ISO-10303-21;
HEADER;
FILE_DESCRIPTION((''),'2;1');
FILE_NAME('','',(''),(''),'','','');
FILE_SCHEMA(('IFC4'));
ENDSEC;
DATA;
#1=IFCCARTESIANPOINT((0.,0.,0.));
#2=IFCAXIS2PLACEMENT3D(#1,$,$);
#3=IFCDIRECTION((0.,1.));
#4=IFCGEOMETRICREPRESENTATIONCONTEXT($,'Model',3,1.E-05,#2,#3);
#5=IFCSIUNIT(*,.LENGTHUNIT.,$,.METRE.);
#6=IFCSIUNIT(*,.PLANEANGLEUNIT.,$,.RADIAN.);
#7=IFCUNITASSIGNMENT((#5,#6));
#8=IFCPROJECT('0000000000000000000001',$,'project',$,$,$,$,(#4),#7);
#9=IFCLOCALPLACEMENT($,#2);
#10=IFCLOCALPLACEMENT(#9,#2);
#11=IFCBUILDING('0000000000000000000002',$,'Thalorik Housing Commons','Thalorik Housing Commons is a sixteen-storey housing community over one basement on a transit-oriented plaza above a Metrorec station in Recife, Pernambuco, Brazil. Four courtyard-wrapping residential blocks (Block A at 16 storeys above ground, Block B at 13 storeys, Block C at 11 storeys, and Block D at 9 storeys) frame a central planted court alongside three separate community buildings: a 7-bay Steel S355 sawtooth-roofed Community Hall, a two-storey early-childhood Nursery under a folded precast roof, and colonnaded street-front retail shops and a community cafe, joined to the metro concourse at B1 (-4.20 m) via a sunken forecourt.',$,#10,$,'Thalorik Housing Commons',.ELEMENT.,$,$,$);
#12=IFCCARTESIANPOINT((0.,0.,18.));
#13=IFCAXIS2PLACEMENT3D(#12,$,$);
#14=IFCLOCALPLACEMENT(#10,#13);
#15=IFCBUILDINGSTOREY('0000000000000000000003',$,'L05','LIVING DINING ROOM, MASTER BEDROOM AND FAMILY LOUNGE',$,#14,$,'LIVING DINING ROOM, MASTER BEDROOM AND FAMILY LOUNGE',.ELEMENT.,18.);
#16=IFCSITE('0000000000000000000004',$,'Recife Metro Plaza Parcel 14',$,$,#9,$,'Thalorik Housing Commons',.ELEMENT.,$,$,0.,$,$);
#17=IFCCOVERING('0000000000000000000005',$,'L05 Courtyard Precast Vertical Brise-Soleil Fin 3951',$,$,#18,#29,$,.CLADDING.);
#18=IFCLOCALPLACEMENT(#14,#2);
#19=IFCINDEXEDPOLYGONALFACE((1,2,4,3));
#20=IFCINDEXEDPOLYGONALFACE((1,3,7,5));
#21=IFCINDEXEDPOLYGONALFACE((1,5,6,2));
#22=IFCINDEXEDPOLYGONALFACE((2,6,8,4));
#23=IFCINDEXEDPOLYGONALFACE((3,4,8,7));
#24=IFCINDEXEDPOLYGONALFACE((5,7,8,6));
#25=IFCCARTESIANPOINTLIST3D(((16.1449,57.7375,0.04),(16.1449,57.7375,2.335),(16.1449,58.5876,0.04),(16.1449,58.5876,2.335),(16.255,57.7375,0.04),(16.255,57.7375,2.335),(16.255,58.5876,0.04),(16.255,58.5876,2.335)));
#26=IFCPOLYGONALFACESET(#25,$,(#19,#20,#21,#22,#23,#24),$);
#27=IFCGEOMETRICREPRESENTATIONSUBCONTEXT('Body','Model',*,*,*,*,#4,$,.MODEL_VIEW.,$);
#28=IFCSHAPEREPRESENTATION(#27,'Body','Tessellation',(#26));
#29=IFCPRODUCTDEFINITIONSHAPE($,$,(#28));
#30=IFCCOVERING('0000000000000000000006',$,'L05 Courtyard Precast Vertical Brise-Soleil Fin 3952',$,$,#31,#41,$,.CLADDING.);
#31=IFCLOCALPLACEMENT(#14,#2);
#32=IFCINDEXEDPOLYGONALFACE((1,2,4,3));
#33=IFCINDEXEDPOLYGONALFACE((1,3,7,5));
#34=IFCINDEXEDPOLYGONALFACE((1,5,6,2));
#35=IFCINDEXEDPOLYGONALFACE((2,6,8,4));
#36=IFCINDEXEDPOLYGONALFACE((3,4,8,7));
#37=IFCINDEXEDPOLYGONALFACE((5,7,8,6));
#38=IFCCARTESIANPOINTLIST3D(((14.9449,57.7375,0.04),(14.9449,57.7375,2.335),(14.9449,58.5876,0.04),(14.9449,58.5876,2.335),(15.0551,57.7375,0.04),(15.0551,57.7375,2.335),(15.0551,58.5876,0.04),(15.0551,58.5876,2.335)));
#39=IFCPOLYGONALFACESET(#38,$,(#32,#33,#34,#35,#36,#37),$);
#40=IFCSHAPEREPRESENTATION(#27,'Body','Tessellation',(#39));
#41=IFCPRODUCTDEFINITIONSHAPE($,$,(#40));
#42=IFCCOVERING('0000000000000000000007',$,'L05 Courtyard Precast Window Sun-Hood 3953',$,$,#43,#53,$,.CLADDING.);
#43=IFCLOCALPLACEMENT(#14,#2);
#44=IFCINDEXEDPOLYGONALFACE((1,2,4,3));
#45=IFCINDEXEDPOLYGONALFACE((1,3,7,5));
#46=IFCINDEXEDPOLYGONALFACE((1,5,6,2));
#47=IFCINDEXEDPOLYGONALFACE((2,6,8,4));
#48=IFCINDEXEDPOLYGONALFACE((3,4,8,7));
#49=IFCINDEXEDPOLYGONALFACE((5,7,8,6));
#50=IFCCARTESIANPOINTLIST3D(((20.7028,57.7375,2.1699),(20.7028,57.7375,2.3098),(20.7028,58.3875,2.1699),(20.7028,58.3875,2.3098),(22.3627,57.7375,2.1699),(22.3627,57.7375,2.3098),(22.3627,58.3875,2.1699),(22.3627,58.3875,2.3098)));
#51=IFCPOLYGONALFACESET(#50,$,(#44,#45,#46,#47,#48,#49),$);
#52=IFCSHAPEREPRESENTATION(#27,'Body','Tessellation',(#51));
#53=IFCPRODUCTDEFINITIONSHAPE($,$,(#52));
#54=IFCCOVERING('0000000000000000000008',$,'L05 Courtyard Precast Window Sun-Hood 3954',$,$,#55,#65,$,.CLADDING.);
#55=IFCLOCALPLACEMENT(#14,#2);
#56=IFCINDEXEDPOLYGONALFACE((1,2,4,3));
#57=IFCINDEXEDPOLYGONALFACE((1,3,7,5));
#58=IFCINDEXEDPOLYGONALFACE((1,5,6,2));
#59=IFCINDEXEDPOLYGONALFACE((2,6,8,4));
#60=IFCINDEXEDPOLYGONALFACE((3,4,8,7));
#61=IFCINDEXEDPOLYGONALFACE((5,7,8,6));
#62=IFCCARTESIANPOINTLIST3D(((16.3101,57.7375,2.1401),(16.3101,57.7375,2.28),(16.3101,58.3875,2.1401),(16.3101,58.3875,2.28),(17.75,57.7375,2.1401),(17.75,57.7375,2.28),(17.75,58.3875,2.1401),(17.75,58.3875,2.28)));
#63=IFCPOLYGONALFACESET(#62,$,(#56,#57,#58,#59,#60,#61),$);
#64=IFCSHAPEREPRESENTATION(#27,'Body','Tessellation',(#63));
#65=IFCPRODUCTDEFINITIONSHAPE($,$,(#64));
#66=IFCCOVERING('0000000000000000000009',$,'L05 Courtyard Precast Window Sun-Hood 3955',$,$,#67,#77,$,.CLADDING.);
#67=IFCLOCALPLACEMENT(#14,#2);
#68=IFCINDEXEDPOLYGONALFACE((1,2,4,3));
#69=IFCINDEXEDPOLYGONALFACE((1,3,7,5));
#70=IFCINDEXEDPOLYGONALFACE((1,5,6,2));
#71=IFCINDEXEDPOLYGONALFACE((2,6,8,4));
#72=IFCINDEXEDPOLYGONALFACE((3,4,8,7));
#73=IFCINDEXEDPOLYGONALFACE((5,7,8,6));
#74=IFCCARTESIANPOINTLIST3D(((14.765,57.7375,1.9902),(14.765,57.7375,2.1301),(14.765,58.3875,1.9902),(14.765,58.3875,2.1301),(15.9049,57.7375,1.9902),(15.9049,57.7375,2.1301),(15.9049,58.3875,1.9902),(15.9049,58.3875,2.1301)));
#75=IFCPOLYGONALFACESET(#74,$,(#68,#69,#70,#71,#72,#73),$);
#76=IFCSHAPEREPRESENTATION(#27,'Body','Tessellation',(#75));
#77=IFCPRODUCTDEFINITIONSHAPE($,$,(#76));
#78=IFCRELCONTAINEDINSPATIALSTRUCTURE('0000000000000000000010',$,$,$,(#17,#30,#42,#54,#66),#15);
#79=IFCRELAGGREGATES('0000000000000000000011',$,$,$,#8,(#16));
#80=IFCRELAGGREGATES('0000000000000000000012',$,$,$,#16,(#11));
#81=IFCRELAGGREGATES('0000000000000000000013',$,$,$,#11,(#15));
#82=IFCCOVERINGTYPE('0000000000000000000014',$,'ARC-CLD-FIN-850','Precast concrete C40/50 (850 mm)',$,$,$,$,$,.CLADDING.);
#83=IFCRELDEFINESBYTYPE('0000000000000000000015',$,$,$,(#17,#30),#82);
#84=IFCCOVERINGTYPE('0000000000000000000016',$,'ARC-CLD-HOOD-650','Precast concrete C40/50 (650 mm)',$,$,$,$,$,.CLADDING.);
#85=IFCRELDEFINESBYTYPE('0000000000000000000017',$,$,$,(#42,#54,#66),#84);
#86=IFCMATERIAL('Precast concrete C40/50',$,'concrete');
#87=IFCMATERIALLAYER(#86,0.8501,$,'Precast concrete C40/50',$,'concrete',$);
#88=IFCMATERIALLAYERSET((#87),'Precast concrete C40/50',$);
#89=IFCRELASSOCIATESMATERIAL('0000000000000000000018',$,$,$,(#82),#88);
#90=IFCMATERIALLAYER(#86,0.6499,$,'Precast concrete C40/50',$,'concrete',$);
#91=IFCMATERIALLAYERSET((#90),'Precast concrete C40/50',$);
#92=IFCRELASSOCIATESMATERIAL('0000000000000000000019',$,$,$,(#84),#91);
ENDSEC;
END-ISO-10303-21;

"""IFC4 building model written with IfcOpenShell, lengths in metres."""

from ifc_helpers import new_model, si_unit, direction, frame, origin, origin_2d, place, context, subcontext, project, spatial, rectangle, extrude, material, layer, layer_set, type_object, element, save


model = new_model("IFC4")

# Units and contexts
model_context = context("Model", 3, precision=1e-05, world=origin(), true_north=direction((0.0, 1.0)))
body_context = subcontext(model_context, "Body", "Model", "MODEL_VIEW")
ifc_project = project(units=[si_unit("LENGTHUNIT", "METRE"), si_unit("PLANEANGLEUNIT", "RADIAN")], contexts=[model_context])

# Site, building, storey
site_placement = place(None, origin())
site = spatial("IfcSite", under=ifc_project, at=site_placement, Name="Recife Metro Plaza Parcel 14", LongName="Thalorik Housing Commons", CompositionType="ELEMENT", RefElevation=0.0)
building_placement = place(site_placement, origin())
building = spatial("IfcBuilding", under=site, at=building_placement, Name="Thalorik Housing Commons", Description="Thalorik Housing Commons is a sixteen-storey housing community over one basement on a transit-oriented plaza above a Metrorec station in Recife, Pernambuco, Brazil. Four courtyard-wrapping residential blocks (Block A at 16 storeys above ground, Block B at 13 storeys, Block C at 11 storeys, and Block D at 9 storeys) frame a central planted court alongside three separate community buildings: a 7-bay Steel S355 sawtooth-roofed Community Hall, a two-storey early-childhood Nursery under a folded precast roof, and colonnaded street-front retail shops and a community cafe, joined to the metro concourse at B1 (-4.20 m) via a sunken forecourt.", LongName="Thalorik Housing Commons", CompositionType="ELEMENT")
storey_placement = place(building_placement, frame((0.0, 0.0, 18.0)))
storey = spatial("IfcBuildingStorey", under=building, at=storey_placement, Name="L05", Description="LIVING DINING ROOM, MASTER BEDROOM AND FAMILY LOUNGE", LongName="LIVING DINING ROOM, MASTER BEDROOM AND FAMILY LOUNGE", CompositionType="ELEMENT", Elevation=18.0)

# Shared definitions
ifc_material_1 = material(Name="Precast concrete C40/50", Category="concrete")

# Coverings
ifc_layer_1 = layer(ifc_material_1, 0.8501, Name="Precast concrete C40/50", Category="concrete")
ifc_layer_set_1 = layer_set([ifc_layer_1], Name="Precast concrete C40/50")
covering_type_1 = type_object("IfcCoveringType", Name="ARC-CLD-FIN-850", Description="Precast concrete C40/50 (850 mm)", PredefinedType="CLADDING", material=ifc_layer_set_1)
for number, where, z_axis, x_axis, name in (
    (1, (16.2, 58.1626, 0.04), (0.0, 0.0, 1.0), (-1.0, 0.0, 0.0), "L05 Courtyard Precast Vertical Brise-Soleil Fin 3951"),
    (2, (15.0, 58.1626, 0.04), (0.0, 0.0, 1.0), (-1.0, 0.0, 0.0), "L05 Courtyard Precast Vertical Brise-Soleil Fin 3952"),
):
    element("IfcCovering", number, at=place(storey_placement, frame(where, z_axis=z_axis, x_axis=x_axis)), inside=storey, type_object=covering_type_1, Name=name, PredefinedType="CLADDING", context=body_context, shape_type="SweptSolid", body=[
        extrude(rectangle(XDim=0.1101, YDim=0.8501, at=origin_2d()), origin(), (0.0, 0.0, 1.0), 2.2949),
    ])
ifc_layer_2 = layer(ifc_material_1, 0.6499, Name="Precast concrete C40/50", Category="concrete")
ifc_layer_set_2 = layer_set([ifc_layer_2], Name="Precast concrete C40/50")
covering_type_2 = type_object("IfcCoveringType", Name="ARC-CLD-HOOD-650", Description="Precast concrete C40/50 (650 mm)", PredefinedType="CLADDING", material=ifc_layer_set_2)
covering_1_placement = place(storey_placement, frame((21.5327, 58.0625, 2.1699), z_axis=(0.0, 0.0, 1.0), x_axis=(-1.0, 0.0, 0.0)))
element("IfcCovering", 3, at=covering_1_placement, inside=storey, type_object=covering_type_2, Name="L05 Courtyard Precast Window Sun-Hood 3953", PredefinedType="CLADDING", context=body_context, shape_type="SweptSolid", body=[
    extrude(rectangle(XDim=1.6599, YDim=0.6499, at=origin_2d()), origin(), (0.0, 0.0, 1.0), 0.1399),
])
covering_2_placement = place(storey_placement, frame((17.03, 58.0625, 2.1401), z_axis=(0.0, 0.0, 1.0), x_axis=(-1.0, 0.0, 0.0)))
element("IfcCovering", 4, at=covering_2_placement, inside=storey, type_object=covering_type_2, Name="L05 Courtyard Precast Window Sun-Hood 3954", PredefinedType="CLADDING", context=body_context, shape_type="SweptSolid", body=[
    extrude(rectangle(XDim=1.4399, YDim=0.6499, at=origin_2d()), origin(), (0.0, 0.0, 1.0), 0.1399),
])
covering_3_placement = place(storey_placement, frame((15.335, 58.0625, 1.9902), z_axis=(0.0, 0.0, 1.0), x_axis=(-1.0, 0.0, 0.0)))
element("IfcCovering", 5, at=covering_3_placement, inside=storey, type_object=covering_type_2, Name="L05 Courtyard Precast Window Sun-Hood 3955", PredefinedType="CLADDING", context=body_context, shape_type="SweptSolid", body=[
    extrude(rectangle(XDim=1.1399, YDim=0.6499, at=origin_2d()), origin(), (0.0, 0.0, 1.0), 0.1399),
])

save(model, "model.ifc")
